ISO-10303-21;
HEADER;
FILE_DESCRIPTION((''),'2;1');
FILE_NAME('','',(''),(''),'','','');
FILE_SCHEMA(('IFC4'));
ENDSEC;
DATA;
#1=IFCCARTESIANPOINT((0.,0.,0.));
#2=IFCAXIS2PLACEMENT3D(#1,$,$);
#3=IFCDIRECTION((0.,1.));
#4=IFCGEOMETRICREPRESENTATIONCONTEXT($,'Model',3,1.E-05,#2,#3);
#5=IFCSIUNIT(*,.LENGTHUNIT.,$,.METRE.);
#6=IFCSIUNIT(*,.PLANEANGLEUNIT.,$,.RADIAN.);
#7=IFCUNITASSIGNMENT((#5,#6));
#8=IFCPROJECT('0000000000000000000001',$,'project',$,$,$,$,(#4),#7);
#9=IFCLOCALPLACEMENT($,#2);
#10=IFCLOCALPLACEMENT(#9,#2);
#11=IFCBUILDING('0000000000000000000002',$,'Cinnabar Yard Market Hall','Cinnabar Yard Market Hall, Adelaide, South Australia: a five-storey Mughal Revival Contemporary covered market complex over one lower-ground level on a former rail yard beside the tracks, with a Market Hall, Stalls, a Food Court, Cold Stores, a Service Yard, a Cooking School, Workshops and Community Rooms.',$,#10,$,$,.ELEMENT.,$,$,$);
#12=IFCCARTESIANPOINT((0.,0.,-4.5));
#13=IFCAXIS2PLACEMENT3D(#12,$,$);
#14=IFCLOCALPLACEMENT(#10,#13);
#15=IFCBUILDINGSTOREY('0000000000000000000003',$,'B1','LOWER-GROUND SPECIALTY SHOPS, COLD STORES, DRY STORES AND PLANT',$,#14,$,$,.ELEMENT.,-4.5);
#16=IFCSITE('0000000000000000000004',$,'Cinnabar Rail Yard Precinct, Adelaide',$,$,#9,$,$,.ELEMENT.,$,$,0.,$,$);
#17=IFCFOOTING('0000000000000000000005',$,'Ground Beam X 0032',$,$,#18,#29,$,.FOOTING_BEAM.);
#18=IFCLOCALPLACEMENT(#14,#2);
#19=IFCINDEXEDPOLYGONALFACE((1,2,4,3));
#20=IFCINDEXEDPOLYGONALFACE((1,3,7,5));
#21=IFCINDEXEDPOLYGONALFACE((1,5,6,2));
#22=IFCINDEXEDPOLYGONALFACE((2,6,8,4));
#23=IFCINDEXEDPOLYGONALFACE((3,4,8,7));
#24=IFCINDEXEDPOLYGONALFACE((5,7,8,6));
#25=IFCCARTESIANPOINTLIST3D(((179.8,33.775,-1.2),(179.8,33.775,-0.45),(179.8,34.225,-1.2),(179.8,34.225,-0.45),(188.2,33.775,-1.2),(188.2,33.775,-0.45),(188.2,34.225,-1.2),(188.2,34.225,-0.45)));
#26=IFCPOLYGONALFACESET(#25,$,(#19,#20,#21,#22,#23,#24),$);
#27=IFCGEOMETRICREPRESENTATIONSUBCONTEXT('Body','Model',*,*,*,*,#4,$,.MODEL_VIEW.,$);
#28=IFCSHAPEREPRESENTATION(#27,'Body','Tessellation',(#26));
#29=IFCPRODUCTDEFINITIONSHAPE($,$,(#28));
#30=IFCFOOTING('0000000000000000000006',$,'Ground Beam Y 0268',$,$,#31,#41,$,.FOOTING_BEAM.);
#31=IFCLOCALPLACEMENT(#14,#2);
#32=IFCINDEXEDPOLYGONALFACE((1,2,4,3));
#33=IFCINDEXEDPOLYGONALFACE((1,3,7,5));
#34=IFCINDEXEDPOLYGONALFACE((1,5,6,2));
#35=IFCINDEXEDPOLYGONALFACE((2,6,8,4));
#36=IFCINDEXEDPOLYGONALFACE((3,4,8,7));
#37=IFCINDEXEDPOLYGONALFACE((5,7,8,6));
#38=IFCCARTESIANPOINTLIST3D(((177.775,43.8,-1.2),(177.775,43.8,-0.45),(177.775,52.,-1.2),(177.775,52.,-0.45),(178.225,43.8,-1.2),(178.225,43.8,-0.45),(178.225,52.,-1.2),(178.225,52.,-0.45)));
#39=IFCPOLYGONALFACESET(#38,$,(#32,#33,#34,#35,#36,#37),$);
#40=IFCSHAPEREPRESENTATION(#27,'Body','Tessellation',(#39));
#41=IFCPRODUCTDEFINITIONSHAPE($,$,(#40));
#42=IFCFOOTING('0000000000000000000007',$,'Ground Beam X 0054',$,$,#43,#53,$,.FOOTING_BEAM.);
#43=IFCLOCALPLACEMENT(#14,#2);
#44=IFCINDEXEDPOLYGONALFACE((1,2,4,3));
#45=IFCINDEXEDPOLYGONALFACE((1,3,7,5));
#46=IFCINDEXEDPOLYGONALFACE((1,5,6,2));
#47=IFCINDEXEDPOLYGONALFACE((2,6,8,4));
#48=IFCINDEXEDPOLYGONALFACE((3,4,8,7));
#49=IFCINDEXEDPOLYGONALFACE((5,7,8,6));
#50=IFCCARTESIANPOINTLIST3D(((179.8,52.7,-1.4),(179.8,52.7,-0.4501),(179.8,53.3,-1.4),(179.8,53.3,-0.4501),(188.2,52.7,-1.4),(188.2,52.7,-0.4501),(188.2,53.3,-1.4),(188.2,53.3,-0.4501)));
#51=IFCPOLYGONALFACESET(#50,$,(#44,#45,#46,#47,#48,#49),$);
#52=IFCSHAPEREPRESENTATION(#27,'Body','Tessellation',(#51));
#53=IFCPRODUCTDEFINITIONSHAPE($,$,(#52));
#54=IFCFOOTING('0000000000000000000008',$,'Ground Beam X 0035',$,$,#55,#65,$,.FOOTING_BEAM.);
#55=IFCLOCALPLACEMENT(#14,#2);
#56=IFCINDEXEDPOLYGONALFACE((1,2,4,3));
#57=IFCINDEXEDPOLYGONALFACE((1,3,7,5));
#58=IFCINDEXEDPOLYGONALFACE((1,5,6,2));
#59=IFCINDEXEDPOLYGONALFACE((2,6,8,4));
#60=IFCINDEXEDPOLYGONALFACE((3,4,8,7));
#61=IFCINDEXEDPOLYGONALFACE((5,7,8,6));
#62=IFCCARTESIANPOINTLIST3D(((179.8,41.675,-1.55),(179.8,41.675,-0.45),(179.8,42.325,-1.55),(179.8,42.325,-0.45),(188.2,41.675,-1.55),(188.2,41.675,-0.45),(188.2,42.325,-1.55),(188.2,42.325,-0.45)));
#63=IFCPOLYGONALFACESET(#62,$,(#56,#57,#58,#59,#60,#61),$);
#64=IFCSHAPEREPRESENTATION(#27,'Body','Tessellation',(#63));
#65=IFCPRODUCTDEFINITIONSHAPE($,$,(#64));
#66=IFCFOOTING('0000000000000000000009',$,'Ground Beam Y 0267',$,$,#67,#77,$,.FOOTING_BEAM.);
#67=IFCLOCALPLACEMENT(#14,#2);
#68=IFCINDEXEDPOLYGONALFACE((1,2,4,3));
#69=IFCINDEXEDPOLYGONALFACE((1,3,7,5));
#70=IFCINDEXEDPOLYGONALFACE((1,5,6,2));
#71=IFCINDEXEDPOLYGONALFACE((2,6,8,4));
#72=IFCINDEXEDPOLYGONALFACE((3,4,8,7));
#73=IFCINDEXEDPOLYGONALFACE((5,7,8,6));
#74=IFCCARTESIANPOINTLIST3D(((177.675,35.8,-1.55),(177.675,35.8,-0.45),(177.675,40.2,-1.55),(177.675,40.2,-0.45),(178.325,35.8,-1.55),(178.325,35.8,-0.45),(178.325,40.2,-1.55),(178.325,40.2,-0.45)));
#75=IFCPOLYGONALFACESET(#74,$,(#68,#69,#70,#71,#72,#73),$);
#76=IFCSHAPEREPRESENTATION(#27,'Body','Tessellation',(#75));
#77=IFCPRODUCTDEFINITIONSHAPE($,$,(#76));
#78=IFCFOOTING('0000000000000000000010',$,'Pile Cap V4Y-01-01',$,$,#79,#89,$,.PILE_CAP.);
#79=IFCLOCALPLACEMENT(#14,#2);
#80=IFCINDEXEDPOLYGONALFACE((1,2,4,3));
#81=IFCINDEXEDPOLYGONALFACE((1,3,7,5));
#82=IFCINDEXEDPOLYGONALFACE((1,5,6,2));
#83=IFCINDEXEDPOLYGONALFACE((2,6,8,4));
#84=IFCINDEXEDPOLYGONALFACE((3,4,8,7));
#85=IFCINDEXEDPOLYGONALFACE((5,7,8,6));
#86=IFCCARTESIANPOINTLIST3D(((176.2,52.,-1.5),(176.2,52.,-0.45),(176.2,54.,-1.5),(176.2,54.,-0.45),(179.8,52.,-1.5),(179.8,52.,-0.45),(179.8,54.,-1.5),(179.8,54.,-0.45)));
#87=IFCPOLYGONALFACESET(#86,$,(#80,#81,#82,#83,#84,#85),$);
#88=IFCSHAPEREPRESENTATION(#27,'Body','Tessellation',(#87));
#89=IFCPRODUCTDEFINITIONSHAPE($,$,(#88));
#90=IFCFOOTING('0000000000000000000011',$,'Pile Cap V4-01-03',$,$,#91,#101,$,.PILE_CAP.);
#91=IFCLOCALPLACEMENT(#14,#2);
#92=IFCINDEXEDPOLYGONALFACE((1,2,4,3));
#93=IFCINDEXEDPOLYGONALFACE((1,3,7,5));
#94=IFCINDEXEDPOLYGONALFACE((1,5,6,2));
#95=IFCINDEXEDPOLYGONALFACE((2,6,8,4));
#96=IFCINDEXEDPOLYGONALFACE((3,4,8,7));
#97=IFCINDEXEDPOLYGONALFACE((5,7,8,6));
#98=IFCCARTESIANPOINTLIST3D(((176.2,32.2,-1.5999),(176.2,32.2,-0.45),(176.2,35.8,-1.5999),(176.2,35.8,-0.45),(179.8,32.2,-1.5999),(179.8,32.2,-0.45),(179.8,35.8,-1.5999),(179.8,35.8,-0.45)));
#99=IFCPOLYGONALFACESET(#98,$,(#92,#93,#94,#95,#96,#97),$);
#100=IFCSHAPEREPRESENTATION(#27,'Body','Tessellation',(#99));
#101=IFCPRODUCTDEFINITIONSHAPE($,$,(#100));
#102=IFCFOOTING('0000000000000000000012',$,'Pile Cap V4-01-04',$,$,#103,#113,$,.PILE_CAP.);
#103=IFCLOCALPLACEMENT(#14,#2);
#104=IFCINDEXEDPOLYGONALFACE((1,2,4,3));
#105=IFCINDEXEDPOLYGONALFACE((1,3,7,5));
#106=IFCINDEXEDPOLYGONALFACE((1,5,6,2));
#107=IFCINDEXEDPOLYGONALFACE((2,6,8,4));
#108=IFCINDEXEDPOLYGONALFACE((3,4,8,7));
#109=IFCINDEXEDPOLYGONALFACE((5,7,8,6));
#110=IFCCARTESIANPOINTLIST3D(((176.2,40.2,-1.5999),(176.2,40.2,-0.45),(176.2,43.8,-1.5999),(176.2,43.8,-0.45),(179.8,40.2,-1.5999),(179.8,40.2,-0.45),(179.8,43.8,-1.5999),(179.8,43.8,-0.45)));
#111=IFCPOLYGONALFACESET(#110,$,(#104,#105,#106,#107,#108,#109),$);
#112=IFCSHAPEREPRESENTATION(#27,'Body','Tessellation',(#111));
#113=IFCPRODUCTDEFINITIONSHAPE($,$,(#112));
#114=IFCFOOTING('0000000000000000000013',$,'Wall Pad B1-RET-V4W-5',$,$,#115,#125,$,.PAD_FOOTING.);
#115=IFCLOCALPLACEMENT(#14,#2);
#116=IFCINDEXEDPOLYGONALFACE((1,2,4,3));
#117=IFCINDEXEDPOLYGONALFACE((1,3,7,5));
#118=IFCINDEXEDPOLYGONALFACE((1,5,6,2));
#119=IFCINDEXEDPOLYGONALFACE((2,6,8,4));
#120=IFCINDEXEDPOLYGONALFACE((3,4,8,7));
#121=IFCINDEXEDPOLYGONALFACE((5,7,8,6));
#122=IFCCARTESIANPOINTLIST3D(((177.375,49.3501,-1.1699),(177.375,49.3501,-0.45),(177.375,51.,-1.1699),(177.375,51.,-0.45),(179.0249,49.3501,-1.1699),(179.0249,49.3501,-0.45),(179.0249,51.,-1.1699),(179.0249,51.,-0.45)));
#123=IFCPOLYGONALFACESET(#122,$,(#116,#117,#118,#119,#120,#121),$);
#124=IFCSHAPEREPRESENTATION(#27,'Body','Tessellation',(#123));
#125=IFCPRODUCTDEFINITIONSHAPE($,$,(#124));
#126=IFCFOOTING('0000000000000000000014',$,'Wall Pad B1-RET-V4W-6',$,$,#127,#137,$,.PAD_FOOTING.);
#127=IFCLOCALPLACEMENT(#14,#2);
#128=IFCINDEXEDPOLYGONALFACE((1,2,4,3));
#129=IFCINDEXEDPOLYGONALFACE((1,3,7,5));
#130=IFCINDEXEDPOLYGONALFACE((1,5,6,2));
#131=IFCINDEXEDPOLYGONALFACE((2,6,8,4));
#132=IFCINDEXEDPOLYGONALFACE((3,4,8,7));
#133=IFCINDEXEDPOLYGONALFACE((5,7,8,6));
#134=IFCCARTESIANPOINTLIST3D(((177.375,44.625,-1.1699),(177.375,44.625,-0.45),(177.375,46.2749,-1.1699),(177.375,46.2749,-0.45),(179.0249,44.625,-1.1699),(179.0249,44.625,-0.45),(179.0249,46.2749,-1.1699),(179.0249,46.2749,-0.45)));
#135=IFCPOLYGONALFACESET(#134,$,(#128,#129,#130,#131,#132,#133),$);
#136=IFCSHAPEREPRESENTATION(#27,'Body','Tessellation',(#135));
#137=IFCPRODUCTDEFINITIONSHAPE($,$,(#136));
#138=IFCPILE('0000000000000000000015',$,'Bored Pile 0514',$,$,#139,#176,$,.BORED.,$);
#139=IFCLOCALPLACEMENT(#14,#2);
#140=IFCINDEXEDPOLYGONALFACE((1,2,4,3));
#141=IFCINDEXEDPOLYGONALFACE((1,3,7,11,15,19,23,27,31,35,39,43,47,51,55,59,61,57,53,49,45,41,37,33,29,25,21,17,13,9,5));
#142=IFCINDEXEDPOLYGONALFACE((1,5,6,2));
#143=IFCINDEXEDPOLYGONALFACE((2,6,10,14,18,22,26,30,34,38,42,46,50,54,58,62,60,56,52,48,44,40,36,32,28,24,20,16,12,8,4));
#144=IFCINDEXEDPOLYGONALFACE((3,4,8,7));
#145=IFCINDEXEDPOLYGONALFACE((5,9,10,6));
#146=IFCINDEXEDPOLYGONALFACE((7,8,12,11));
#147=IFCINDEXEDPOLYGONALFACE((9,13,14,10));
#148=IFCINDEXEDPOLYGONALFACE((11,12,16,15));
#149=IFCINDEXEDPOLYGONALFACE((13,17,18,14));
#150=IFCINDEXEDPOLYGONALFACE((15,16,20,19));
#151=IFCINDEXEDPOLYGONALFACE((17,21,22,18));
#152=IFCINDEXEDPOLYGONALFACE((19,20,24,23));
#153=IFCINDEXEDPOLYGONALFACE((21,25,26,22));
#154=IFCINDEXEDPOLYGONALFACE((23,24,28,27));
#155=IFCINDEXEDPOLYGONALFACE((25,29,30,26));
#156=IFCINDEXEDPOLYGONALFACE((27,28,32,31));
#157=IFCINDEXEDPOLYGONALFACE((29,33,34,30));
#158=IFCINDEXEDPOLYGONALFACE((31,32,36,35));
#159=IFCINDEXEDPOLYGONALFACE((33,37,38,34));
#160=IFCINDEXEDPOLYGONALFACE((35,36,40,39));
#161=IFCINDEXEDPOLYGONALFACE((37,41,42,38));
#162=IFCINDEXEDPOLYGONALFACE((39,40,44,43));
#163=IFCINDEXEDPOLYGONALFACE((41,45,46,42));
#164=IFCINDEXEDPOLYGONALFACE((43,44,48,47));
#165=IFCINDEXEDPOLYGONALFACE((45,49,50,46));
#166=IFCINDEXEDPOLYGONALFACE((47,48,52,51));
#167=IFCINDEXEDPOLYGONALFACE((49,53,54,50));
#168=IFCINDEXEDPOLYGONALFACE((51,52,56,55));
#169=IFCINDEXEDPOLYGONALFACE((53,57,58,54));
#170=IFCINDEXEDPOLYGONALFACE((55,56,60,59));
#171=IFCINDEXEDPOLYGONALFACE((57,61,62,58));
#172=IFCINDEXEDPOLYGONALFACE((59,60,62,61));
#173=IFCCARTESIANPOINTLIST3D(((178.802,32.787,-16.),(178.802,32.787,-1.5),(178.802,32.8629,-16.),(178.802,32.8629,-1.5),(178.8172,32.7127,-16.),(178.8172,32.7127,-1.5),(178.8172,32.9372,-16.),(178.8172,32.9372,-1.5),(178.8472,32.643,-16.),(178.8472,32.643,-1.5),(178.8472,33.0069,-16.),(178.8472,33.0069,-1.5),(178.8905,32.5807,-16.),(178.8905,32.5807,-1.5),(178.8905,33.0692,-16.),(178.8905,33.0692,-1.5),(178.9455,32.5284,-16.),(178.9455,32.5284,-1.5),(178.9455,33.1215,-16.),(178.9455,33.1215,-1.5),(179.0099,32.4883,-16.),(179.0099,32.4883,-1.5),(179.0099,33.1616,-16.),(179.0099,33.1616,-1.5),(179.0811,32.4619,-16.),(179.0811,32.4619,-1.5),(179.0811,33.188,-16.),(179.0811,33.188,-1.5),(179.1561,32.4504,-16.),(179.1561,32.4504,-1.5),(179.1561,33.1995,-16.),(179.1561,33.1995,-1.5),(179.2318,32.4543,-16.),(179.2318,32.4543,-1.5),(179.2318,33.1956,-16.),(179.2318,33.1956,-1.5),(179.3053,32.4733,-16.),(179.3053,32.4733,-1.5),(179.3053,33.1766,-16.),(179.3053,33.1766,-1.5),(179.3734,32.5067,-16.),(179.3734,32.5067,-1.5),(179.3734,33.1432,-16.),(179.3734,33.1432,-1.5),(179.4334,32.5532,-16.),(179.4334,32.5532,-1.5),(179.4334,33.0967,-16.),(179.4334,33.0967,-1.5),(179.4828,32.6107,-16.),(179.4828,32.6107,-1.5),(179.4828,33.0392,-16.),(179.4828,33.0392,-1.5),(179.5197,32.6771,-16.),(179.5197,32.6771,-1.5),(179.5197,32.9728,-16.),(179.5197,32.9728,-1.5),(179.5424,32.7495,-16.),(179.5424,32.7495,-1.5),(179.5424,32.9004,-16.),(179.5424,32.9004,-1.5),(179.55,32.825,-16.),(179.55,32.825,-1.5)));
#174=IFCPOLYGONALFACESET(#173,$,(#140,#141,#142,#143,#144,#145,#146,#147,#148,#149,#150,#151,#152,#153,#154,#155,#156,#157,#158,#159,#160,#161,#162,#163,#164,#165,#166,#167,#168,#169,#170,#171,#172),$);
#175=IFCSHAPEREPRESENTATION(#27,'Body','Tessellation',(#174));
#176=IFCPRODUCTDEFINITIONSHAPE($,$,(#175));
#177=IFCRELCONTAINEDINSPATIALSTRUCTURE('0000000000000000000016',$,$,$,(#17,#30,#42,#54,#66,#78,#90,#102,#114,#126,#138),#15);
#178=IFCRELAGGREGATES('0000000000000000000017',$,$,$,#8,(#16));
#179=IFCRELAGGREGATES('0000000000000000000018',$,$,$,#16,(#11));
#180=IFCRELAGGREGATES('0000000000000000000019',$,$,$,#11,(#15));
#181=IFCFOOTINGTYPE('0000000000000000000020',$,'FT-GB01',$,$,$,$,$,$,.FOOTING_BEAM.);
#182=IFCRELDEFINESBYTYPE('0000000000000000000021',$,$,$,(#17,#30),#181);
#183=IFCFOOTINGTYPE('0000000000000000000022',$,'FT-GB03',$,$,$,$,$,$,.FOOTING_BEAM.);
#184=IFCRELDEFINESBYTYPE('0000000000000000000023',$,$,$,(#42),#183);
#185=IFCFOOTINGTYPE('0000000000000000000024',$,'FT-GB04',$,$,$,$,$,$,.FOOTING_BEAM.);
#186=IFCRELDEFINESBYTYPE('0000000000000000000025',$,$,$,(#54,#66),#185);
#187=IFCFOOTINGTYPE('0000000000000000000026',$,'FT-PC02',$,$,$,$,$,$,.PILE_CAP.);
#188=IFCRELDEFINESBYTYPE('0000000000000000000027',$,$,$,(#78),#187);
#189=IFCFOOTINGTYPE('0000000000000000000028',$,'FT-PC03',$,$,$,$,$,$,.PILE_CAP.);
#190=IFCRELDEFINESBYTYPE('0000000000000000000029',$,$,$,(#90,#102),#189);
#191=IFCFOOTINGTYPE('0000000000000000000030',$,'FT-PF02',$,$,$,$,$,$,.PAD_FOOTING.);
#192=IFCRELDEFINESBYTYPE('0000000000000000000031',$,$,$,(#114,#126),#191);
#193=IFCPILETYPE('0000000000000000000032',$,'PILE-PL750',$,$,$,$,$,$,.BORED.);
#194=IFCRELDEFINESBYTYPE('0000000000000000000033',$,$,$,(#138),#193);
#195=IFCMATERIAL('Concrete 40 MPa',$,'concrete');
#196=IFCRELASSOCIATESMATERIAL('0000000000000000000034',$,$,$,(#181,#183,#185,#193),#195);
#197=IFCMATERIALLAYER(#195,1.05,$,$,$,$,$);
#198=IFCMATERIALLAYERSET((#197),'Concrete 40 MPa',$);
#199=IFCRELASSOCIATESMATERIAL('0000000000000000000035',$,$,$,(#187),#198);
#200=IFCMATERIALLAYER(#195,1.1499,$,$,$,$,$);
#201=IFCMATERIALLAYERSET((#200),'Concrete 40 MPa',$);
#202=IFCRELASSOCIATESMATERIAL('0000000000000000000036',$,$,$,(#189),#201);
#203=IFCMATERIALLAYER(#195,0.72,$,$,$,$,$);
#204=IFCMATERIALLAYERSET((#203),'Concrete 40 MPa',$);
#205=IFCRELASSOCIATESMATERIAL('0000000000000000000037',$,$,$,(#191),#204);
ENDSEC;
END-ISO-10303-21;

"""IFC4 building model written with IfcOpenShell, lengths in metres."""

from ifc_helpers import new_model, si_unit, direction, frame, origin, origin_2d_with_axis, place, context, subcontext, project, spatial, rectangle, circle, extrude, material, layer, layer_set, material_profile, profile_set, type_object, element, save


model = new_model("IFC4")

# Units and contexts
model_context = context("Model", 3, precision=1e-05, world=origin(), true_north=direction((0.0, 1.0)))
body_context = subcontext(model_context, "Body", "Model", "MODEL_VIEW")
ifc_project = project(units=[si_unit("LENGTHUNIT", "METRE"), si_unit("PLANEANGLEUNIT", "RADIAN")], contexts=[model_context])

# Site, building, storey
site_placement = place(None, origin())
site = spatial("IfcSite", under=ifc_project, at=site_placement, Name="Cinnabar Rail Yard Precinct, Adelaide", CompositionType="ELEMENT", RefElevation=0.0)
building_placement = place(site_placement, origin())
building = spatial("IfcBuilding", under=site, at=building_placement, Name="Cinnabar Yard Market Hall", Description="Cinnabar Yard Market Hall, Adelaide, South Australia: a five-storey Mughal Revival Contemporary covered market complex over one lower-ground level on a former rail yard beside the tracks, with a Market Hall, Stalls, a Food Court, Cold Stores, a Service Yard, a Cooking School, Workshops and Community Rooms.", CompositionType="ELEMENT")
storey_placement = place(building_placement, frame((0.0, 0.0, -4.5)))
storey = spatial("IfcBuildingStorey", under=building, at=storey_placement, Name="B1", Description="LOWER-GROUND SPECIALTY SHOPS, COLD STORES, DRY STORES AND PLANT", CompositionType="ELEMENT", Elevation=-4.5)

# Footings
ifc_material_1 = material(Name="Concrete 40 MPa", Category="concrete")
ifc_material_profile_1 = material_profile(ifc_material_1, rectangle(XDim=0.45, YDim=0.75, at=origin_2d_with_axis()), Name="GB-450x750")
ifc_profile_set_1 = profile_set([ifc_material_profile_1], Name="Concrete 40 MPa")
footing_type_1 = type_object("IfcFootingType", Name="FT-GB01", PredefinedType="FOOTING_BEAM", material=ifc_profile_set_1)
footing_1_placement = place(storey_placement, frame((179.8, 34.0, -0.825), z_axis=(1.0, 0.0, 0.0), x_axis=(0.0, 1.0, 0.0)))
element("IfcFooting", 1, at=footing_1_placement, inside=storey, type_object=footing_type_1, Name="Ground Beam X 0032", PredefinedType="FOOTING_BEAM", context=body_context, shape_type="SweptSolid", body=[
    extrude(rectangle(XDim=0.45, YDim=0.75, at=origin_2d_with_axis()), origin(), (0.0, 0.0, 1.0), 8.3999),
])
footing_2_placement = place(storey_placement, frame((178.0, 43.8, -0.825), z_axis=(0.0, 1.0, 0.0), x_axis=(-1.0, 0.0, 0.0)))
element("IfcFooting", 2, at=footing_2_placement, inside=storey, type_object=footing_type_1, Name="Ground Beam Y 0268", PredefinedType="FOOTING_BEAM", context=body_context, shape_type="SweptSolid", body=[
    extrude(rectangle(XDim=0.45, YDim=0.75, at=origin_2d_with_axis()), origin(), (0.0, 0.0, 1.0), 8.2),
])
ifc_material_profile_2 = material_profile(ifc_material_1, rectangle(XDim=0.6001, YDim=0.95, at=origin_2d_with_axis()), Name="GB-600x950")
ifc_profile_set_2 = profile_set([ifc_material_profile_2], Name="Concrete 40 MPa")
footing_type_2 = type_object("IfcFootingType", Name="FT-GB03", PredefinedType="FOOTING_BEAM", material=ifc_profile_set_2)
footing_3_placement = place(storey_placement, frame((179.8, 53.0, -0.925), z_axis=(1.0, 0.0, 0.0), x_axis=(0.0, 1.0, 0.0)))
element("IfcFooting", 3, at=footing_3_placement, inside=storey, type_object=footing_type_2, Name="Ground Beam X 0054", PredefinedType="FOOTING_BEAM", context=body_context, shape_type="SweptSolid", body=[
    extrude(rectangle(XDim=0.6001, YDim=0.95, at=origin_2d_with_axis()), origin(), (0.0, 0.0, 1.0), 8.3999),
])
ifc_material_profile_3 = material_profile(ifc_material_1, rectangle(XDim=0.6499, YDim=1.1001, at=origin_2d_with_axis()), Name="GB-650x1100")
ifc_profile_set_3 = profile_set([ifc_material_profile_3], Name="Concrete 40 MPa")
footing_type_3 = type_object("IfcFootingType", Name="FT-GB04", PredefinedType="FOOTING_BEAM", material=ifc_profile_set_3)
footing_4_placement = place(storey_placement, frame((179.8, 42.0, -1.0), z_axis=(1.0, 0.0, 0.0), x_axis=(0.0, 1.0, 0.0)))
element("IfcFooting", 4, at=footing_4_placement, inside=storey, type_object=footing_type_3, Name="Ground Beam X 0035", PredefinedType="FOOTING_BEAM", context=body_context, shape_type="SweptSolid", body=[
    extrude(rectangle(XDim=0.6499, YDim=1.1001, at=origin_2d_with_axis()), origin(), (0.0, 0.0, 1.0), 8.3999),
])
footing_5_placement = place(storey_placement, frame((178.0, 35.8, -1.0), z_axis=(0.0, 1.0, 0.0), x_axis=(-1.0, 0.0, 0.0)))
element("IfcFooting", 5, at=footing_5_placement, inside=storey, type_object=footing_type_3, Name="Ground Beam Y 0267", PredefinedType="FOOTING_BEAM", context=body_context, shape_type="SweptSolid", body=[
    extrude(rectangle(XDim=0.6499, YDim=1.1001, at=origin_2d_with_axis()), origin(), (0.0, 0.0, 1.0), 4.3999),
])
ifc_layer_1 = layer(ifc_material_1, 1.05)
ifc_layer_set_1 = layer_set([ifc_layer_1], Name="Concrete 40 MPa")
footing_type_4 = type_object("IfcFootingType", Name="FT-PC02", PredefinedType="PILE_CAP", material=ifc_layer_set_1)
footing_6_placement = place(storey_placement, frame((178.0, 53.0, -1.5), z_axis=(0.0, 0.0, 1.0), x_axis=(1.0, 0.0, 0.0)))
element("IfcFooting", 6, at=footing_6_placement, inside=storey, type_object=footing_type_4, Name="Pile Cap V4Y-01-01", PredefinedType="PILE_CAP", context=body_context, shape_type="SweptSolid", body=[
    extrude(rectangle(XDim=3.6001, YDim=2.0, at=origin_2d_with_axis()), origin(), (0.0, 0.0, 1.0), 1.05),
])
ifc_layer_2 = layer(ifc_material_1, 1.1499)
ifc_layer_set_2 = layer_set([ifc_layer_2], Name="Concrete 40 MPa")
footing_type_5 = type_object("IfcFootingType", Name="FT-PC03", PredefinedType="PILE_CAP", material=ifc_layer_set_2)
for number, where, z_axis, x_axis, name in (
    (7, (178.0, 34.0, -1.5999), (0.0, 0.0, 1.0), (1.0, 0.0, 0.0), "Pile Cap V4-01-03"),
    (8, (178.0, 42.0, -1.5999), (0.0, 0.0, 1.0), (1.0, 0.0, 0.0), "Pile Cap V4-01-04"),
):
    element("IfcFooting", number, at=place(storey_placement, frame(where, z_axis=z_axis, x_axis=x_axis)), inside=storey, type_object=footing_type_5, Name=name, PredefinedType="PILE_CAP", context=body_context, shape_type="SweptSolid", body=[
        extrude(rectangle(XDim=3.6001, YDim=3.6001, at=origin_2d_with_axis()), origin(), (0.0, 0.0, 1.0), 1.1499),
    ])
ifc_layer_3 = layer(ifc_material_1, 0.72)
ifc_layer_set_3 = layer_set([ifc_layer_3], Name="Concrete 40 MPa")
footing_type_6 = type_object("IfcFootingType", Name="FT-PF02", PredefinedType="PAD_FOOTING", material=ifc_layer_set_3)
for number, where, z_axis, x_axis, name in (
    (9, (178.2, 50.175, -1.1699), (0.0, 0.0, 1.0), (1.0, 0.0, 0.0), "Wall Pad B1-RET-V4W-5"),
    (10, (178.2, 45.45, -1.1699), (0.0, 0.0, 1.0), (1.0, 0.0, 0.0), "Wall Pad B1-RET-V4W-6"),
):
    element("IfcFooting", number, at=place(storey_placement, frame(where, z_axis=z_axis, x_axis=x_axis)), inside=storey, type_object=footing_type_6, Name=name, PredefinedType="PAD_FOOTING", context=body_context, shape_type="SweptSolid", body=[
        extrude(rectangle(XDim=1.6499, YDim=1.6499, at=origin_2d_with_axis()), origin(), (0.0, 0.0, 1.0), 0.72),
    ])

# Pile
ifc_material_profile_4 = material_profile(ifc_material_1, circle(Radius=0.375, at=origin_2d_with_axis()), Name="PILE-D750")
ifc_profile_set_4 = profile_set([ifc_material_profile_4], Name="Concrete 40 MPa")
pile_type = type_object("IfcPileType", Name="PILE-PL750", PredefinedType="BORED", material=ifc_profile_set_4)
for number, where, z_axis, x_axis, name in (
    (11, (179.175, 32.825, -1.5), (0.0, 0.0, -1.0), (1.0, 0.0, 0.0), "Bored Pile 0514"),
):
    element("IfcPile", number, at=place(storey_placement, frame(where, z_axis=z_axis, x_axis=x_axis)), inside=storey, type_object=pile_type, Name=name, PredefinedType="BORED", context=body_context, shape_type="SweptSolid", body=[
        extrude(circle(Radius=0.375, at=origin_2d_with_axis()), origin(), (0.0, 0.0, 1.0), 14.5),
    ])

save(model, "model.ifc")
